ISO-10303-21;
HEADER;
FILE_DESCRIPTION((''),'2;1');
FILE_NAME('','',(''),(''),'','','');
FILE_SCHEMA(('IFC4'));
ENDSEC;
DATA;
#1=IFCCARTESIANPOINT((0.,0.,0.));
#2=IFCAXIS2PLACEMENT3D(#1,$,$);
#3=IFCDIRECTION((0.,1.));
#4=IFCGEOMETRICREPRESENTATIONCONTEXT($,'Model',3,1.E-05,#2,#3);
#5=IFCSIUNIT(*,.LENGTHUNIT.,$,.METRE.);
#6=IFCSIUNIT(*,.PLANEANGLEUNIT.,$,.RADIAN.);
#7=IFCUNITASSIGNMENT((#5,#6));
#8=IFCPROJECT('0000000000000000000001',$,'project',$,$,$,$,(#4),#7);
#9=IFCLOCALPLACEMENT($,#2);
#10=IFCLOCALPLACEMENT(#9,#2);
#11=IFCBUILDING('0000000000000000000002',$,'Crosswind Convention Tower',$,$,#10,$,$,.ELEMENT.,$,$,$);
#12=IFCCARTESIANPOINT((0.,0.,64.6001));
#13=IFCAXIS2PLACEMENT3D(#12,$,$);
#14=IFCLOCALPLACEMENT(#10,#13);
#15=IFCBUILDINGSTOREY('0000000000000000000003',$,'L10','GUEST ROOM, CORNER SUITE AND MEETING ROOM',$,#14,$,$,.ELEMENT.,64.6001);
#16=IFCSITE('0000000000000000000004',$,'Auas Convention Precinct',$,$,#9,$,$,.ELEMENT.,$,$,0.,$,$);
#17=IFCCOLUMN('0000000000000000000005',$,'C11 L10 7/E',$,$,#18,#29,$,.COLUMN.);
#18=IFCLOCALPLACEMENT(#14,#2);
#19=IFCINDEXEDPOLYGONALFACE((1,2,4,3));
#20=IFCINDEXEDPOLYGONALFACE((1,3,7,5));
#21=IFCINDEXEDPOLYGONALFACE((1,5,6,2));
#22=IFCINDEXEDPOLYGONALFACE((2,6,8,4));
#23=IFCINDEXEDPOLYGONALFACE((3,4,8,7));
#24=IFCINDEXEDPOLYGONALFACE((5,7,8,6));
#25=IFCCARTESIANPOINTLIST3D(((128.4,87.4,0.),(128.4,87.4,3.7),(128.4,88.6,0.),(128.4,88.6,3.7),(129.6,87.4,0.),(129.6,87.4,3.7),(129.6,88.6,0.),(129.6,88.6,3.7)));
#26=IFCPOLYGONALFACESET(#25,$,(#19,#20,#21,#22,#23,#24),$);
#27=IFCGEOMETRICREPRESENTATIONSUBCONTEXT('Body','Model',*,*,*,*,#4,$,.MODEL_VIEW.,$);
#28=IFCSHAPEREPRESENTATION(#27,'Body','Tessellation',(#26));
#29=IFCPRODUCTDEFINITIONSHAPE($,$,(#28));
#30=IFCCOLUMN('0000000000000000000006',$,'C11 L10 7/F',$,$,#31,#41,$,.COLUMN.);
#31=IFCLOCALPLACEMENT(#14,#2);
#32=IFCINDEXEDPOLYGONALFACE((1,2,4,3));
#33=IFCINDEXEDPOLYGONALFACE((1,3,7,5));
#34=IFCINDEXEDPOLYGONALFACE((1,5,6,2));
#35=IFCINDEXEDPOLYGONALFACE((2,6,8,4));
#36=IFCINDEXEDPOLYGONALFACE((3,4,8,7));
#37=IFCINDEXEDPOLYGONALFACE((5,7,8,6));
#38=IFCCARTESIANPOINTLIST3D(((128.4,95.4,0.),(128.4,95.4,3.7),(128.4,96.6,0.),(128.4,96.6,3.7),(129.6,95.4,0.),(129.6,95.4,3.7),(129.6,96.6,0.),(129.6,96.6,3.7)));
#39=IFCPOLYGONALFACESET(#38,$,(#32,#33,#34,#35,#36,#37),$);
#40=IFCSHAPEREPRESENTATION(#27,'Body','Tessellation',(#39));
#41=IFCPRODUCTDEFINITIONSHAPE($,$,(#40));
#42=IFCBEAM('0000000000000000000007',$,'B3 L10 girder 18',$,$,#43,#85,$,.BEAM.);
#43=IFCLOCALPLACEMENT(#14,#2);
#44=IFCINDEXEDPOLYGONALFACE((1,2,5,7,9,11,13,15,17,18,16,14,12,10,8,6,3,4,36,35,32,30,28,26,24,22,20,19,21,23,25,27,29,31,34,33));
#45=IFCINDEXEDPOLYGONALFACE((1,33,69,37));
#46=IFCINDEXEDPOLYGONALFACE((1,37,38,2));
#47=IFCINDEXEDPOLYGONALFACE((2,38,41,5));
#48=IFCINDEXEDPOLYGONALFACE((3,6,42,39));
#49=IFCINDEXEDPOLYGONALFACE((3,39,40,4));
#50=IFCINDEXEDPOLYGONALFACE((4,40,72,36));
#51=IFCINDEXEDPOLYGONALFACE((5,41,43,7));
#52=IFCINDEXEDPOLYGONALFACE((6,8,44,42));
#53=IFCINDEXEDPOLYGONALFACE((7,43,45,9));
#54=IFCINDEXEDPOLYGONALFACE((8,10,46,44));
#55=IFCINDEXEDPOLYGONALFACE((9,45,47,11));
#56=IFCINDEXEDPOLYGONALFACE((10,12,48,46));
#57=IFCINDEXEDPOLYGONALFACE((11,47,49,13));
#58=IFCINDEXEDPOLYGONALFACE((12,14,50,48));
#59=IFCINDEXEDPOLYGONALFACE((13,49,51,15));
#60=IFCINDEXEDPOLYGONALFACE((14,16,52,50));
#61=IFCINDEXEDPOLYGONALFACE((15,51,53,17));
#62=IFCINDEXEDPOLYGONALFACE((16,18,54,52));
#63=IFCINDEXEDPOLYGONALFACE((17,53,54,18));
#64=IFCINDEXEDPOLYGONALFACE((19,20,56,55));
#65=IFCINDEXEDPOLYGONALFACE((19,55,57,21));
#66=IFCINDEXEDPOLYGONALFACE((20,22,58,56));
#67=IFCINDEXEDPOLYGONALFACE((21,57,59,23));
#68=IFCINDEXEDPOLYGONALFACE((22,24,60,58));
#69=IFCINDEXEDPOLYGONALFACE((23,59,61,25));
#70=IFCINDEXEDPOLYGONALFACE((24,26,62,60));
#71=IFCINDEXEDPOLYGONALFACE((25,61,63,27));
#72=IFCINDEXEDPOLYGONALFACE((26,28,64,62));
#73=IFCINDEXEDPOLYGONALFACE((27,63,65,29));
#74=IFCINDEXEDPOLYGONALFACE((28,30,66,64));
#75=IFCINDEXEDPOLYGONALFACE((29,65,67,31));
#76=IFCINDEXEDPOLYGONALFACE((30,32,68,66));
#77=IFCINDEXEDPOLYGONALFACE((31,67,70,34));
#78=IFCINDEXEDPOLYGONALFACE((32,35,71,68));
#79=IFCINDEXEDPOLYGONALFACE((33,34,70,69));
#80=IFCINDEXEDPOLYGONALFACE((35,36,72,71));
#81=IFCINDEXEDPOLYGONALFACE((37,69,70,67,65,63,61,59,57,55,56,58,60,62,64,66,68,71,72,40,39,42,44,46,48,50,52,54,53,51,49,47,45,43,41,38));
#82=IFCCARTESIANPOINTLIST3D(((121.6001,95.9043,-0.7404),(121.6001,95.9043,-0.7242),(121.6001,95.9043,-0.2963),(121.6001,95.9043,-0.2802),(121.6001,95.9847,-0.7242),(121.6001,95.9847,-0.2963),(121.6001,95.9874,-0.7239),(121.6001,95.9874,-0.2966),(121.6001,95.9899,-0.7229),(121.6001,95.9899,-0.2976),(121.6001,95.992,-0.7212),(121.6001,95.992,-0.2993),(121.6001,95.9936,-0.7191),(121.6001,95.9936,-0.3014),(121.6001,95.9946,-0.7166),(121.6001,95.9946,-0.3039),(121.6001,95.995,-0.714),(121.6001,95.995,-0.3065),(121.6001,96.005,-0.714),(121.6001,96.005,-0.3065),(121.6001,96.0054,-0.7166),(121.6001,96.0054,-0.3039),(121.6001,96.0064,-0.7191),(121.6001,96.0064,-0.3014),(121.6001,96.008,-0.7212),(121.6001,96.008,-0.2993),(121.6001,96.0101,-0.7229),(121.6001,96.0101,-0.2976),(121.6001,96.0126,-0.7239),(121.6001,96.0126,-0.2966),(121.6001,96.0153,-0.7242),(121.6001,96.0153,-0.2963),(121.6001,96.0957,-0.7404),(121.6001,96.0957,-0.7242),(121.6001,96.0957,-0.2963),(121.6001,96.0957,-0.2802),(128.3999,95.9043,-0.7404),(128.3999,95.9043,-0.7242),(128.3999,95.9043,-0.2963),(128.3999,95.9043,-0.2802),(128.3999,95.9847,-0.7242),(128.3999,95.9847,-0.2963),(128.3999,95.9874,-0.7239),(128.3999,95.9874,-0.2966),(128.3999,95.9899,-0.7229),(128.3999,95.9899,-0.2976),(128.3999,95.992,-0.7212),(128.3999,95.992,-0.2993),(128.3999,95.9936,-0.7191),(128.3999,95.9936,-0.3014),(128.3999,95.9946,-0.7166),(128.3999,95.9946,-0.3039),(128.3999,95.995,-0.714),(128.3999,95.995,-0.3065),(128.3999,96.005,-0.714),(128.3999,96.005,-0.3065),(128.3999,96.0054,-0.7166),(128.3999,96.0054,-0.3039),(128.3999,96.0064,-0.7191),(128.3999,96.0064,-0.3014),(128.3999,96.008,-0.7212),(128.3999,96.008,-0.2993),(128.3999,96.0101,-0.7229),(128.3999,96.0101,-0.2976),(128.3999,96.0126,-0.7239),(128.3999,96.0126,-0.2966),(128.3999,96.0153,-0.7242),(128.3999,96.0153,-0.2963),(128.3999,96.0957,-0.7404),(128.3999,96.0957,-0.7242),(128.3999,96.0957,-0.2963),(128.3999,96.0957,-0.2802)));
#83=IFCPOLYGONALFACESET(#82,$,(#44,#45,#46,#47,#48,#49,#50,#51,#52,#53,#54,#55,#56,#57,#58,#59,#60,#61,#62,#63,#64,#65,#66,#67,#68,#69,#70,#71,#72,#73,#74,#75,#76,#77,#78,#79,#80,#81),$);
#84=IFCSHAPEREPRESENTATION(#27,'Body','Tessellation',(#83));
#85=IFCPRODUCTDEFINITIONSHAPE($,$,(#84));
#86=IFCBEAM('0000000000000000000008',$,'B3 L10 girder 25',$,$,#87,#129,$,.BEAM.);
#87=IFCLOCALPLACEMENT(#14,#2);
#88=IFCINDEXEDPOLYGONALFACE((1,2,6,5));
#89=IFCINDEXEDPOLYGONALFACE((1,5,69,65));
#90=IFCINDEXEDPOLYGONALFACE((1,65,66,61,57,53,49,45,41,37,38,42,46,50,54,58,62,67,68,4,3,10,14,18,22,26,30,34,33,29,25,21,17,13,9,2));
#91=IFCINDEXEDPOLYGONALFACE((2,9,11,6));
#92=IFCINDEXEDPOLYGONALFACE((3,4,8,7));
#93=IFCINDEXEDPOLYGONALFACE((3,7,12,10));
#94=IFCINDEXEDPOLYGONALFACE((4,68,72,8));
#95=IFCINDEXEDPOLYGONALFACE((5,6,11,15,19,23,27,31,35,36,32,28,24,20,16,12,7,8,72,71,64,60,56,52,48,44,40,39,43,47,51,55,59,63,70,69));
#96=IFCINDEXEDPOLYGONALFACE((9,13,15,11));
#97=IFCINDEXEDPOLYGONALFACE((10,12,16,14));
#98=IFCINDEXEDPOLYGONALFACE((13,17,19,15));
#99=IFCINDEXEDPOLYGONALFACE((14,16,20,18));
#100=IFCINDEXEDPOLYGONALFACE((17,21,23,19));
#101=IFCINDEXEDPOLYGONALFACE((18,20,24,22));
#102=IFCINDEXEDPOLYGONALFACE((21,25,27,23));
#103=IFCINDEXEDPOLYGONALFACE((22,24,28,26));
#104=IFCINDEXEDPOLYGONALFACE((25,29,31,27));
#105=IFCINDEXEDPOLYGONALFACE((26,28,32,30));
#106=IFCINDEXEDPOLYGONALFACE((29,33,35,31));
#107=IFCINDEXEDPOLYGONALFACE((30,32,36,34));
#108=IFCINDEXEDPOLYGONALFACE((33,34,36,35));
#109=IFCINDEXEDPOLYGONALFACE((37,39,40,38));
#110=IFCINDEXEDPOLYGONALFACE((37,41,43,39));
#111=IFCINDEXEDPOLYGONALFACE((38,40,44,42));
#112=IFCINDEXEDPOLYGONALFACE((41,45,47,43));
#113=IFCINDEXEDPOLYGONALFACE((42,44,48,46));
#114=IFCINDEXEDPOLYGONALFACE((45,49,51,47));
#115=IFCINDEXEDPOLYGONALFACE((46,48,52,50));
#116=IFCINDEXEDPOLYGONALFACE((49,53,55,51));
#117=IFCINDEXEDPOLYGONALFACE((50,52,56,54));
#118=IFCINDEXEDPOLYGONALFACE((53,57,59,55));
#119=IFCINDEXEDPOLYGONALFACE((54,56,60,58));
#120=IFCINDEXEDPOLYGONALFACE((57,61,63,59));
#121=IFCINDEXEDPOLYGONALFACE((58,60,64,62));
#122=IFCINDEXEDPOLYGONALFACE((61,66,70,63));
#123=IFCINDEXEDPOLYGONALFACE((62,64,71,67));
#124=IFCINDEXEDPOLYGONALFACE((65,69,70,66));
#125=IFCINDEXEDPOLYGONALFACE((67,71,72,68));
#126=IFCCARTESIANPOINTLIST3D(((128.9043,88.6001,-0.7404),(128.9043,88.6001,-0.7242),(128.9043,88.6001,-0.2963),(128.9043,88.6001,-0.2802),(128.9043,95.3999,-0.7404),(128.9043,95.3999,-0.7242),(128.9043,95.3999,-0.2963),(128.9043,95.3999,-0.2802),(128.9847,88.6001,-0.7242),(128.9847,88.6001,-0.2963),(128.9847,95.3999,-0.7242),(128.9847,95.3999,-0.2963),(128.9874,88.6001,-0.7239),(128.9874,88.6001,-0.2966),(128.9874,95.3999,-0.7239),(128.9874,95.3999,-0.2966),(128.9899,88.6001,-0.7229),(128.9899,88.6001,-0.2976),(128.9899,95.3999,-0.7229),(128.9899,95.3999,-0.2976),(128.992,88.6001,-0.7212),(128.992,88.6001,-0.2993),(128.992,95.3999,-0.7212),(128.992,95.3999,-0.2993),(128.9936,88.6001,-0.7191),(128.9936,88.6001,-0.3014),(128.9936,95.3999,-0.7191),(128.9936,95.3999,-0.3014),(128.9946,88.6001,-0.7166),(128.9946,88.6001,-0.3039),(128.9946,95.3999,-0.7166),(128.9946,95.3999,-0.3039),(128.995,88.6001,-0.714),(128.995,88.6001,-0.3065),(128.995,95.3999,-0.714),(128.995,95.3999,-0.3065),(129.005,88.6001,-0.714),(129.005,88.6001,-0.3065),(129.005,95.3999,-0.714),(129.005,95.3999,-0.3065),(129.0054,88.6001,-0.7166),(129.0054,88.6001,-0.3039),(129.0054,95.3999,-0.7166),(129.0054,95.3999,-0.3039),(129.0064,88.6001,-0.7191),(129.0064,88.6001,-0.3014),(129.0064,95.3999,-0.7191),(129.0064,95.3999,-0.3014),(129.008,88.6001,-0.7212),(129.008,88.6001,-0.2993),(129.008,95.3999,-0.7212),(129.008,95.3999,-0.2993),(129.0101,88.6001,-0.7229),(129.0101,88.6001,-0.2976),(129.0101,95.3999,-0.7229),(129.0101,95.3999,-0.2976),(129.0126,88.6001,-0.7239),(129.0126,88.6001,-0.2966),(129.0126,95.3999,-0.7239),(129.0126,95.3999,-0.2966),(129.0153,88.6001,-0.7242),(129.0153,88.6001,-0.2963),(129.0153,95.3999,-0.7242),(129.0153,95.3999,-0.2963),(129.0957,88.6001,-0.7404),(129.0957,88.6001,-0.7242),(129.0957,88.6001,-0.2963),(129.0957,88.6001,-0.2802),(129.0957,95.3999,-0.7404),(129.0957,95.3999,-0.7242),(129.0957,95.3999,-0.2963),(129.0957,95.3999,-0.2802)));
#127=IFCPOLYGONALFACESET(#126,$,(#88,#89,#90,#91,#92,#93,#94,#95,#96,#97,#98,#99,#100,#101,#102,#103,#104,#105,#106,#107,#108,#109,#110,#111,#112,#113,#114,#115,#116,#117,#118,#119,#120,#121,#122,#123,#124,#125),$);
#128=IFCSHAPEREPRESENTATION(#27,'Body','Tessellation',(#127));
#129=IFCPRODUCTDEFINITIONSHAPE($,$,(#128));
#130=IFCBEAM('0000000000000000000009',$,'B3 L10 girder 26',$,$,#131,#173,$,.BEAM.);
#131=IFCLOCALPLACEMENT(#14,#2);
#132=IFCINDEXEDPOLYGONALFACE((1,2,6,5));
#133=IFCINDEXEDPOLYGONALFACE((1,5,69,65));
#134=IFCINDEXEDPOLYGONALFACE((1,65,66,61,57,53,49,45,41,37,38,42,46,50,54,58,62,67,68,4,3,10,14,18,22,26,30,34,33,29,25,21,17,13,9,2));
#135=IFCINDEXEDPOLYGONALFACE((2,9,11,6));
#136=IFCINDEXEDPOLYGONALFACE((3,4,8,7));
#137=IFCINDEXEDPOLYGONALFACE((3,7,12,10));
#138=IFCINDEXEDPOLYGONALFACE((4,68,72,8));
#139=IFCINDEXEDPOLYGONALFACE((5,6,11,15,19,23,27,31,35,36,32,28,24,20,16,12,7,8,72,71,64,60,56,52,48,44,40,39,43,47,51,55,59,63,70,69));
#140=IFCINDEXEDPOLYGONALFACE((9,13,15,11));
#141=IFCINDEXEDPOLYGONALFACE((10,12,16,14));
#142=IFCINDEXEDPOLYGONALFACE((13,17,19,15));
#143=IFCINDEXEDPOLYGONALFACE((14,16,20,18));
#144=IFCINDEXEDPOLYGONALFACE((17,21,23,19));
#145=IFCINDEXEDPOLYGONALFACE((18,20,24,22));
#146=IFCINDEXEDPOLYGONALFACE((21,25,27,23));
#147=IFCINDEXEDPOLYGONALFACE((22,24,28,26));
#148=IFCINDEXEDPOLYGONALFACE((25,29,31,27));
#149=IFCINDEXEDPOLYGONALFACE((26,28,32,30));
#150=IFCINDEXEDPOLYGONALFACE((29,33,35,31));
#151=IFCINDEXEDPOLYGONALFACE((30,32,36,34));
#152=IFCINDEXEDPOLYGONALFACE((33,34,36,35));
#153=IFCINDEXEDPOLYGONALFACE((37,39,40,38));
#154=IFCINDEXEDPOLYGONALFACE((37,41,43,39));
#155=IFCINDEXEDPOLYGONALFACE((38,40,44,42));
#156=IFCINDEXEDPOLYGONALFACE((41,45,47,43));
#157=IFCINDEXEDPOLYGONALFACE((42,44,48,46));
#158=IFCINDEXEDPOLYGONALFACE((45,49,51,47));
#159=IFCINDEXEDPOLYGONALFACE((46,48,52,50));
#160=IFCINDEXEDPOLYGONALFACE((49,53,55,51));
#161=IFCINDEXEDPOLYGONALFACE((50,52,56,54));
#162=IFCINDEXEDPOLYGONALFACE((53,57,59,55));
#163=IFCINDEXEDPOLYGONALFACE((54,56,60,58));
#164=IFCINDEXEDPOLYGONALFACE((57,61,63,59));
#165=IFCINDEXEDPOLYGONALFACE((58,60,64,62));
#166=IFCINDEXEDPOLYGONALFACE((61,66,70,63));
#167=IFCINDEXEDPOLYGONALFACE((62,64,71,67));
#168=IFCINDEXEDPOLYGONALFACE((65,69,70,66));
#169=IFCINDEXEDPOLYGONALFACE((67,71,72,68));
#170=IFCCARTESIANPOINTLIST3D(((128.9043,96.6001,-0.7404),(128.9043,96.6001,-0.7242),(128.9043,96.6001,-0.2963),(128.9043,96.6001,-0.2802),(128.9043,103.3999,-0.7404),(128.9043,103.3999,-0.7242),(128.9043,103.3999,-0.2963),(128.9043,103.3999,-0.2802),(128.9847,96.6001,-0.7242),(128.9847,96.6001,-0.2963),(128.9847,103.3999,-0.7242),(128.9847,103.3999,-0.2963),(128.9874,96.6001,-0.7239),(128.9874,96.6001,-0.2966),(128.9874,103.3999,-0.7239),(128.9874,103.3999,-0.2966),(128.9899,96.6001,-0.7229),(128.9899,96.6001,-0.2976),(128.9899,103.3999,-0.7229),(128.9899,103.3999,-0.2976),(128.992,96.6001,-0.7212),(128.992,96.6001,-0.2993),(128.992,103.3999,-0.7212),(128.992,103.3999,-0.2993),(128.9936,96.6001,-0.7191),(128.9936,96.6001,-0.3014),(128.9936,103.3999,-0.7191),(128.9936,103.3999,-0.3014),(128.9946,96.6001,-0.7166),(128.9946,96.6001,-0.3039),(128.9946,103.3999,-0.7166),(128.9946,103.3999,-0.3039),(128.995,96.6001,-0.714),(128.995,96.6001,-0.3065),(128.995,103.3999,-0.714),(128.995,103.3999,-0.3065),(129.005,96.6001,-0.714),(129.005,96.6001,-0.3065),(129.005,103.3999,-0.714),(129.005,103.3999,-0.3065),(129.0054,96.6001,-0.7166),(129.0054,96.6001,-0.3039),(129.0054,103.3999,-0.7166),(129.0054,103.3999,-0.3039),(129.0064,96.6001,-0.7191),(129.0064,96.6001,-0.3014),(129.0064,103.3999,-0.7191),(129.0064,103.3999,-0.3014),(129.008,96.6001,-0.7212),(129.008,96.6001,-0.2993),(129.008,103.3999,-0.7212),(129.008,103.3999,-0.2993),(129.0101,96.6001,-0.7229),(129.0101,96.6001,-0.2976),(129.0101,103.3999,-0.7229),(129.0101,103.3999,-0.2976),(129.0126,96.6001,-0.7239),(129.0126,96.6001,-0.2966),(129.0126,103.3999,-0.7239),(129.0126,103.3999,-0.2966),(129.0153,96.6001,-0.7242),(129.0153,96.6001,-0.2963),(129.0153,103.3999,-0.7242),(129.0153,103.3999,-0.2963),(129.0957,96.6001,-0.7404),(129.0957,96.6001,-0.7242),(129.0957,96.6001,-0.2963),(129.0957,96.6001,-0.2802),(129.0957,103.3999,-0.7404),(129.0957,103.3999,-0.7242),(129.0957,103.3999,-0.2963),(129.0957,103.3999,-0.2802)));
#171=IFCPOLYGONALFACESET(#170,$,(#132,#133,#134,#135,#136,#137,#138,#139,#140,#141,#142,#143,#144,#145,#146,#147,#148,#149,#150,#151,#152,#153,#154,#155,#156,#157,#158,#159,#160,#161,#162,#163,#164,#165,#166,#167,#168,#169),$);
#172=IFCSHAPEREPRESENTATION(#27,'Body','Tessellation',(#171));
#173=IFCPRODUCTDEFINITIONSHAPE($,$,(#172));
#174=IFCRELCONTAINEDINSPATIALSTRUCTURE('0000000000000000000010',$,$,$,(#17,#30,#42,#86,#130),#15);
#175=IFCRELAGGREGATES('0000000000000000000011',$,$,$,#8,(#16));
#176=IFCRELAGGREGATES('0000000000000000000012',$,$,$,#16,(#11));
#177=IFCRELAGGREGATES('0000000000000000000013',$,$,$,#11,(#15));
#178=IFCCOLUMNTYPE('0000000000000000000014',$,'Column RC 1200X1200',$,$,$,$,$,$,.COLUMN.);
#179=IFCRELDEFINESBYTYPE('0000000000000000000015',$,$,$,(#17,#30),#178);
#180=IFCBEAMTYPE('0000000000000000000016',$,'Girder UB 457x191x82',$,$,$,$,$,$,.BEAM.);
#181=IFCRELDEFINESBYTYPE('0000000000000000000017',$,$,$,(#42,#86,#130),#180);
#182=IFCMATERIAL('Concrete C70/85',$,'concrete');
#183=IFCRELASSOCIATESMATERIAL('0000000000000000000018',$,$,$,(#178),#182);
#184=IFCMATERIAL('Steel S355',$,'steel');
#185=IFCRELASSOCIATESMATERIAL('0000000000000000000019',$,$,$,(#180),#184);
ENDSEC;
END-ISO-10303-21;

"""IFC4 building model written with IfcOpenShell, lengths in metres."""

from ifc_helpers import new_model, si_unit, direction, frame, origin, origin_2d, place, context, subcontext, project, spatial, rectangle, i_section, extrude, material, material_profile, profile_set, type_object, element, save


model = new_model("IFC4")

# Units and contexts
model_context = context("Model", 3, precision=1e-05, world=origin(), true_north=direction((0.0, 1.0)))
body_context = subcontext(model_context, "Body", "Model", "MODEL_VIEW")
ifc_project = project(units=[si_unit("LENGTHUNIT", "METRE"), si_unit("PLANEANGLEUNIT", "RADIAN")], contexts=[model_context])

# Site, building, storey
site_placement = place(None, origin())
site = spatial("IfcSite", under=ifc_project, at=site_placement, Name="Auas Convention Precinct", CompositionType="ELEMENT", RefElevation=0.0)
building_placement = place(site_placement, origin())
building = spatial("IfcBuilding", under=site, at=building_placement, Name="Crosswind Convention Tower", CompositionType="ELEMENT")
storey_placement = place(building_placement, frame((0.0, 0.0, 64.6001)))
storey = spatial("IfcBuildingStorey", under=building, at=storey_placement, Name="L10", Description="GUEST ROOM, CORNER SUITE AND MEETING ROOM", CompositionType="ELEMENT", Elevation=64.6001)

# Columns
ifc_material_1 = material(Name="Concrete C70/85", Category="concrete")
ifc_material_profile_1 = material_profile(ifc_material_1, rectangle(XDim=1.2, YDim=1.2, at=origin_2d()), Name="RC 1200X1200")
ifc_profile_set_1 = profile_set([ifc_material_profile_1], Name="Concrete C70/85")
column_type = type_object("IfcColumnType", Name="Column RC 1200X1200", PredefinedType="COLUMN", material=ifc_profile_set_1)
for number, where, z_axis, x_axis, name in (
    (1, (129.0, 88.0, 0.0), (0.0, 0.0, 1.0), (1.0, 0.0, 0.0), "C11 L10 7/E"),
    (2, (129.0, 96.0, 0.0), (0.0, 0.0, 1.0), (1.0, 0.0, 0.0), "C11 L10 7/F"),
):
    element("IfcColumn", number, at=place(storey_placement, frame(where, z_axis=z_axis, x_axis=x_axis)), inside=storey, type_object=column_type, Name=name, PredefinedType="COLUMN", context=body_context, shape_type="SweptSolid", body=[
        extrude(rectangle(XDim=1.2, YDim=1.2, at=origin_2d()), origin(), (0.0, 0.0, 1.0), 3.7),
    ])

# Beams
ifc_material_2 = material(Name="Steel S355", Category="steel")
ifc_material_profile_2 = material_profile(ifc_material_2, i_section(OverallWidth=0.1914, OverallDepth=0.4602, WebThickness=0.01, FlangeThickness=0.0161, FilletRadius=0.0103, at=origin_2d()), Name="UB 457x191x82")
ifc_profile_set_2 = profile_set([ifc_material_profile_2], Name="Steel S355")
beam_type_1 = type_object("IfcBeamType", Name="Girder UB 457x191x82", PredefinedType="BEAM", material=ifc_profile_set_2)
for number, where, z_axis, x_axis, name in (
    (3, (121.6001, 96.0, -0.5103), (1.0, 0.0, 0.0), (0.0, 1.0, 0.0), "B3 L10 girder 18"),
    (4, (129.0, 88.6001, -0.5103), (0.0, 1.0, 0.0), (-1.0, 0.0, 0.0), "B3 L10 girder 25"),
    (5, (129.0, 96.6001, -0.5103), (0.0, 1.0, 0.0), (-1.0, 0.0, 0.0), "B3 L10 girder 26"),
):
    element("IfcBeam", number, at=place(storey_placement, frame(where, z_axis=z_axis, x_axis=x_axis)), inside=storey, type_object=beam_type_1, Name=name, PredefinedType="BEAM", context=body_context, shape_type="SweptSolid", body=[
        extrude(i_section(OverallWidth=0.1914, OverallDepth=0.4602, WebThickness=0.01, FlangeThickness=0.0161, FilletRadius=0.0103, at=origin_2d()), origin(), (0.0, 0.0, 1.0), 6.7998),
    ])

save(model, "model.ifc")
